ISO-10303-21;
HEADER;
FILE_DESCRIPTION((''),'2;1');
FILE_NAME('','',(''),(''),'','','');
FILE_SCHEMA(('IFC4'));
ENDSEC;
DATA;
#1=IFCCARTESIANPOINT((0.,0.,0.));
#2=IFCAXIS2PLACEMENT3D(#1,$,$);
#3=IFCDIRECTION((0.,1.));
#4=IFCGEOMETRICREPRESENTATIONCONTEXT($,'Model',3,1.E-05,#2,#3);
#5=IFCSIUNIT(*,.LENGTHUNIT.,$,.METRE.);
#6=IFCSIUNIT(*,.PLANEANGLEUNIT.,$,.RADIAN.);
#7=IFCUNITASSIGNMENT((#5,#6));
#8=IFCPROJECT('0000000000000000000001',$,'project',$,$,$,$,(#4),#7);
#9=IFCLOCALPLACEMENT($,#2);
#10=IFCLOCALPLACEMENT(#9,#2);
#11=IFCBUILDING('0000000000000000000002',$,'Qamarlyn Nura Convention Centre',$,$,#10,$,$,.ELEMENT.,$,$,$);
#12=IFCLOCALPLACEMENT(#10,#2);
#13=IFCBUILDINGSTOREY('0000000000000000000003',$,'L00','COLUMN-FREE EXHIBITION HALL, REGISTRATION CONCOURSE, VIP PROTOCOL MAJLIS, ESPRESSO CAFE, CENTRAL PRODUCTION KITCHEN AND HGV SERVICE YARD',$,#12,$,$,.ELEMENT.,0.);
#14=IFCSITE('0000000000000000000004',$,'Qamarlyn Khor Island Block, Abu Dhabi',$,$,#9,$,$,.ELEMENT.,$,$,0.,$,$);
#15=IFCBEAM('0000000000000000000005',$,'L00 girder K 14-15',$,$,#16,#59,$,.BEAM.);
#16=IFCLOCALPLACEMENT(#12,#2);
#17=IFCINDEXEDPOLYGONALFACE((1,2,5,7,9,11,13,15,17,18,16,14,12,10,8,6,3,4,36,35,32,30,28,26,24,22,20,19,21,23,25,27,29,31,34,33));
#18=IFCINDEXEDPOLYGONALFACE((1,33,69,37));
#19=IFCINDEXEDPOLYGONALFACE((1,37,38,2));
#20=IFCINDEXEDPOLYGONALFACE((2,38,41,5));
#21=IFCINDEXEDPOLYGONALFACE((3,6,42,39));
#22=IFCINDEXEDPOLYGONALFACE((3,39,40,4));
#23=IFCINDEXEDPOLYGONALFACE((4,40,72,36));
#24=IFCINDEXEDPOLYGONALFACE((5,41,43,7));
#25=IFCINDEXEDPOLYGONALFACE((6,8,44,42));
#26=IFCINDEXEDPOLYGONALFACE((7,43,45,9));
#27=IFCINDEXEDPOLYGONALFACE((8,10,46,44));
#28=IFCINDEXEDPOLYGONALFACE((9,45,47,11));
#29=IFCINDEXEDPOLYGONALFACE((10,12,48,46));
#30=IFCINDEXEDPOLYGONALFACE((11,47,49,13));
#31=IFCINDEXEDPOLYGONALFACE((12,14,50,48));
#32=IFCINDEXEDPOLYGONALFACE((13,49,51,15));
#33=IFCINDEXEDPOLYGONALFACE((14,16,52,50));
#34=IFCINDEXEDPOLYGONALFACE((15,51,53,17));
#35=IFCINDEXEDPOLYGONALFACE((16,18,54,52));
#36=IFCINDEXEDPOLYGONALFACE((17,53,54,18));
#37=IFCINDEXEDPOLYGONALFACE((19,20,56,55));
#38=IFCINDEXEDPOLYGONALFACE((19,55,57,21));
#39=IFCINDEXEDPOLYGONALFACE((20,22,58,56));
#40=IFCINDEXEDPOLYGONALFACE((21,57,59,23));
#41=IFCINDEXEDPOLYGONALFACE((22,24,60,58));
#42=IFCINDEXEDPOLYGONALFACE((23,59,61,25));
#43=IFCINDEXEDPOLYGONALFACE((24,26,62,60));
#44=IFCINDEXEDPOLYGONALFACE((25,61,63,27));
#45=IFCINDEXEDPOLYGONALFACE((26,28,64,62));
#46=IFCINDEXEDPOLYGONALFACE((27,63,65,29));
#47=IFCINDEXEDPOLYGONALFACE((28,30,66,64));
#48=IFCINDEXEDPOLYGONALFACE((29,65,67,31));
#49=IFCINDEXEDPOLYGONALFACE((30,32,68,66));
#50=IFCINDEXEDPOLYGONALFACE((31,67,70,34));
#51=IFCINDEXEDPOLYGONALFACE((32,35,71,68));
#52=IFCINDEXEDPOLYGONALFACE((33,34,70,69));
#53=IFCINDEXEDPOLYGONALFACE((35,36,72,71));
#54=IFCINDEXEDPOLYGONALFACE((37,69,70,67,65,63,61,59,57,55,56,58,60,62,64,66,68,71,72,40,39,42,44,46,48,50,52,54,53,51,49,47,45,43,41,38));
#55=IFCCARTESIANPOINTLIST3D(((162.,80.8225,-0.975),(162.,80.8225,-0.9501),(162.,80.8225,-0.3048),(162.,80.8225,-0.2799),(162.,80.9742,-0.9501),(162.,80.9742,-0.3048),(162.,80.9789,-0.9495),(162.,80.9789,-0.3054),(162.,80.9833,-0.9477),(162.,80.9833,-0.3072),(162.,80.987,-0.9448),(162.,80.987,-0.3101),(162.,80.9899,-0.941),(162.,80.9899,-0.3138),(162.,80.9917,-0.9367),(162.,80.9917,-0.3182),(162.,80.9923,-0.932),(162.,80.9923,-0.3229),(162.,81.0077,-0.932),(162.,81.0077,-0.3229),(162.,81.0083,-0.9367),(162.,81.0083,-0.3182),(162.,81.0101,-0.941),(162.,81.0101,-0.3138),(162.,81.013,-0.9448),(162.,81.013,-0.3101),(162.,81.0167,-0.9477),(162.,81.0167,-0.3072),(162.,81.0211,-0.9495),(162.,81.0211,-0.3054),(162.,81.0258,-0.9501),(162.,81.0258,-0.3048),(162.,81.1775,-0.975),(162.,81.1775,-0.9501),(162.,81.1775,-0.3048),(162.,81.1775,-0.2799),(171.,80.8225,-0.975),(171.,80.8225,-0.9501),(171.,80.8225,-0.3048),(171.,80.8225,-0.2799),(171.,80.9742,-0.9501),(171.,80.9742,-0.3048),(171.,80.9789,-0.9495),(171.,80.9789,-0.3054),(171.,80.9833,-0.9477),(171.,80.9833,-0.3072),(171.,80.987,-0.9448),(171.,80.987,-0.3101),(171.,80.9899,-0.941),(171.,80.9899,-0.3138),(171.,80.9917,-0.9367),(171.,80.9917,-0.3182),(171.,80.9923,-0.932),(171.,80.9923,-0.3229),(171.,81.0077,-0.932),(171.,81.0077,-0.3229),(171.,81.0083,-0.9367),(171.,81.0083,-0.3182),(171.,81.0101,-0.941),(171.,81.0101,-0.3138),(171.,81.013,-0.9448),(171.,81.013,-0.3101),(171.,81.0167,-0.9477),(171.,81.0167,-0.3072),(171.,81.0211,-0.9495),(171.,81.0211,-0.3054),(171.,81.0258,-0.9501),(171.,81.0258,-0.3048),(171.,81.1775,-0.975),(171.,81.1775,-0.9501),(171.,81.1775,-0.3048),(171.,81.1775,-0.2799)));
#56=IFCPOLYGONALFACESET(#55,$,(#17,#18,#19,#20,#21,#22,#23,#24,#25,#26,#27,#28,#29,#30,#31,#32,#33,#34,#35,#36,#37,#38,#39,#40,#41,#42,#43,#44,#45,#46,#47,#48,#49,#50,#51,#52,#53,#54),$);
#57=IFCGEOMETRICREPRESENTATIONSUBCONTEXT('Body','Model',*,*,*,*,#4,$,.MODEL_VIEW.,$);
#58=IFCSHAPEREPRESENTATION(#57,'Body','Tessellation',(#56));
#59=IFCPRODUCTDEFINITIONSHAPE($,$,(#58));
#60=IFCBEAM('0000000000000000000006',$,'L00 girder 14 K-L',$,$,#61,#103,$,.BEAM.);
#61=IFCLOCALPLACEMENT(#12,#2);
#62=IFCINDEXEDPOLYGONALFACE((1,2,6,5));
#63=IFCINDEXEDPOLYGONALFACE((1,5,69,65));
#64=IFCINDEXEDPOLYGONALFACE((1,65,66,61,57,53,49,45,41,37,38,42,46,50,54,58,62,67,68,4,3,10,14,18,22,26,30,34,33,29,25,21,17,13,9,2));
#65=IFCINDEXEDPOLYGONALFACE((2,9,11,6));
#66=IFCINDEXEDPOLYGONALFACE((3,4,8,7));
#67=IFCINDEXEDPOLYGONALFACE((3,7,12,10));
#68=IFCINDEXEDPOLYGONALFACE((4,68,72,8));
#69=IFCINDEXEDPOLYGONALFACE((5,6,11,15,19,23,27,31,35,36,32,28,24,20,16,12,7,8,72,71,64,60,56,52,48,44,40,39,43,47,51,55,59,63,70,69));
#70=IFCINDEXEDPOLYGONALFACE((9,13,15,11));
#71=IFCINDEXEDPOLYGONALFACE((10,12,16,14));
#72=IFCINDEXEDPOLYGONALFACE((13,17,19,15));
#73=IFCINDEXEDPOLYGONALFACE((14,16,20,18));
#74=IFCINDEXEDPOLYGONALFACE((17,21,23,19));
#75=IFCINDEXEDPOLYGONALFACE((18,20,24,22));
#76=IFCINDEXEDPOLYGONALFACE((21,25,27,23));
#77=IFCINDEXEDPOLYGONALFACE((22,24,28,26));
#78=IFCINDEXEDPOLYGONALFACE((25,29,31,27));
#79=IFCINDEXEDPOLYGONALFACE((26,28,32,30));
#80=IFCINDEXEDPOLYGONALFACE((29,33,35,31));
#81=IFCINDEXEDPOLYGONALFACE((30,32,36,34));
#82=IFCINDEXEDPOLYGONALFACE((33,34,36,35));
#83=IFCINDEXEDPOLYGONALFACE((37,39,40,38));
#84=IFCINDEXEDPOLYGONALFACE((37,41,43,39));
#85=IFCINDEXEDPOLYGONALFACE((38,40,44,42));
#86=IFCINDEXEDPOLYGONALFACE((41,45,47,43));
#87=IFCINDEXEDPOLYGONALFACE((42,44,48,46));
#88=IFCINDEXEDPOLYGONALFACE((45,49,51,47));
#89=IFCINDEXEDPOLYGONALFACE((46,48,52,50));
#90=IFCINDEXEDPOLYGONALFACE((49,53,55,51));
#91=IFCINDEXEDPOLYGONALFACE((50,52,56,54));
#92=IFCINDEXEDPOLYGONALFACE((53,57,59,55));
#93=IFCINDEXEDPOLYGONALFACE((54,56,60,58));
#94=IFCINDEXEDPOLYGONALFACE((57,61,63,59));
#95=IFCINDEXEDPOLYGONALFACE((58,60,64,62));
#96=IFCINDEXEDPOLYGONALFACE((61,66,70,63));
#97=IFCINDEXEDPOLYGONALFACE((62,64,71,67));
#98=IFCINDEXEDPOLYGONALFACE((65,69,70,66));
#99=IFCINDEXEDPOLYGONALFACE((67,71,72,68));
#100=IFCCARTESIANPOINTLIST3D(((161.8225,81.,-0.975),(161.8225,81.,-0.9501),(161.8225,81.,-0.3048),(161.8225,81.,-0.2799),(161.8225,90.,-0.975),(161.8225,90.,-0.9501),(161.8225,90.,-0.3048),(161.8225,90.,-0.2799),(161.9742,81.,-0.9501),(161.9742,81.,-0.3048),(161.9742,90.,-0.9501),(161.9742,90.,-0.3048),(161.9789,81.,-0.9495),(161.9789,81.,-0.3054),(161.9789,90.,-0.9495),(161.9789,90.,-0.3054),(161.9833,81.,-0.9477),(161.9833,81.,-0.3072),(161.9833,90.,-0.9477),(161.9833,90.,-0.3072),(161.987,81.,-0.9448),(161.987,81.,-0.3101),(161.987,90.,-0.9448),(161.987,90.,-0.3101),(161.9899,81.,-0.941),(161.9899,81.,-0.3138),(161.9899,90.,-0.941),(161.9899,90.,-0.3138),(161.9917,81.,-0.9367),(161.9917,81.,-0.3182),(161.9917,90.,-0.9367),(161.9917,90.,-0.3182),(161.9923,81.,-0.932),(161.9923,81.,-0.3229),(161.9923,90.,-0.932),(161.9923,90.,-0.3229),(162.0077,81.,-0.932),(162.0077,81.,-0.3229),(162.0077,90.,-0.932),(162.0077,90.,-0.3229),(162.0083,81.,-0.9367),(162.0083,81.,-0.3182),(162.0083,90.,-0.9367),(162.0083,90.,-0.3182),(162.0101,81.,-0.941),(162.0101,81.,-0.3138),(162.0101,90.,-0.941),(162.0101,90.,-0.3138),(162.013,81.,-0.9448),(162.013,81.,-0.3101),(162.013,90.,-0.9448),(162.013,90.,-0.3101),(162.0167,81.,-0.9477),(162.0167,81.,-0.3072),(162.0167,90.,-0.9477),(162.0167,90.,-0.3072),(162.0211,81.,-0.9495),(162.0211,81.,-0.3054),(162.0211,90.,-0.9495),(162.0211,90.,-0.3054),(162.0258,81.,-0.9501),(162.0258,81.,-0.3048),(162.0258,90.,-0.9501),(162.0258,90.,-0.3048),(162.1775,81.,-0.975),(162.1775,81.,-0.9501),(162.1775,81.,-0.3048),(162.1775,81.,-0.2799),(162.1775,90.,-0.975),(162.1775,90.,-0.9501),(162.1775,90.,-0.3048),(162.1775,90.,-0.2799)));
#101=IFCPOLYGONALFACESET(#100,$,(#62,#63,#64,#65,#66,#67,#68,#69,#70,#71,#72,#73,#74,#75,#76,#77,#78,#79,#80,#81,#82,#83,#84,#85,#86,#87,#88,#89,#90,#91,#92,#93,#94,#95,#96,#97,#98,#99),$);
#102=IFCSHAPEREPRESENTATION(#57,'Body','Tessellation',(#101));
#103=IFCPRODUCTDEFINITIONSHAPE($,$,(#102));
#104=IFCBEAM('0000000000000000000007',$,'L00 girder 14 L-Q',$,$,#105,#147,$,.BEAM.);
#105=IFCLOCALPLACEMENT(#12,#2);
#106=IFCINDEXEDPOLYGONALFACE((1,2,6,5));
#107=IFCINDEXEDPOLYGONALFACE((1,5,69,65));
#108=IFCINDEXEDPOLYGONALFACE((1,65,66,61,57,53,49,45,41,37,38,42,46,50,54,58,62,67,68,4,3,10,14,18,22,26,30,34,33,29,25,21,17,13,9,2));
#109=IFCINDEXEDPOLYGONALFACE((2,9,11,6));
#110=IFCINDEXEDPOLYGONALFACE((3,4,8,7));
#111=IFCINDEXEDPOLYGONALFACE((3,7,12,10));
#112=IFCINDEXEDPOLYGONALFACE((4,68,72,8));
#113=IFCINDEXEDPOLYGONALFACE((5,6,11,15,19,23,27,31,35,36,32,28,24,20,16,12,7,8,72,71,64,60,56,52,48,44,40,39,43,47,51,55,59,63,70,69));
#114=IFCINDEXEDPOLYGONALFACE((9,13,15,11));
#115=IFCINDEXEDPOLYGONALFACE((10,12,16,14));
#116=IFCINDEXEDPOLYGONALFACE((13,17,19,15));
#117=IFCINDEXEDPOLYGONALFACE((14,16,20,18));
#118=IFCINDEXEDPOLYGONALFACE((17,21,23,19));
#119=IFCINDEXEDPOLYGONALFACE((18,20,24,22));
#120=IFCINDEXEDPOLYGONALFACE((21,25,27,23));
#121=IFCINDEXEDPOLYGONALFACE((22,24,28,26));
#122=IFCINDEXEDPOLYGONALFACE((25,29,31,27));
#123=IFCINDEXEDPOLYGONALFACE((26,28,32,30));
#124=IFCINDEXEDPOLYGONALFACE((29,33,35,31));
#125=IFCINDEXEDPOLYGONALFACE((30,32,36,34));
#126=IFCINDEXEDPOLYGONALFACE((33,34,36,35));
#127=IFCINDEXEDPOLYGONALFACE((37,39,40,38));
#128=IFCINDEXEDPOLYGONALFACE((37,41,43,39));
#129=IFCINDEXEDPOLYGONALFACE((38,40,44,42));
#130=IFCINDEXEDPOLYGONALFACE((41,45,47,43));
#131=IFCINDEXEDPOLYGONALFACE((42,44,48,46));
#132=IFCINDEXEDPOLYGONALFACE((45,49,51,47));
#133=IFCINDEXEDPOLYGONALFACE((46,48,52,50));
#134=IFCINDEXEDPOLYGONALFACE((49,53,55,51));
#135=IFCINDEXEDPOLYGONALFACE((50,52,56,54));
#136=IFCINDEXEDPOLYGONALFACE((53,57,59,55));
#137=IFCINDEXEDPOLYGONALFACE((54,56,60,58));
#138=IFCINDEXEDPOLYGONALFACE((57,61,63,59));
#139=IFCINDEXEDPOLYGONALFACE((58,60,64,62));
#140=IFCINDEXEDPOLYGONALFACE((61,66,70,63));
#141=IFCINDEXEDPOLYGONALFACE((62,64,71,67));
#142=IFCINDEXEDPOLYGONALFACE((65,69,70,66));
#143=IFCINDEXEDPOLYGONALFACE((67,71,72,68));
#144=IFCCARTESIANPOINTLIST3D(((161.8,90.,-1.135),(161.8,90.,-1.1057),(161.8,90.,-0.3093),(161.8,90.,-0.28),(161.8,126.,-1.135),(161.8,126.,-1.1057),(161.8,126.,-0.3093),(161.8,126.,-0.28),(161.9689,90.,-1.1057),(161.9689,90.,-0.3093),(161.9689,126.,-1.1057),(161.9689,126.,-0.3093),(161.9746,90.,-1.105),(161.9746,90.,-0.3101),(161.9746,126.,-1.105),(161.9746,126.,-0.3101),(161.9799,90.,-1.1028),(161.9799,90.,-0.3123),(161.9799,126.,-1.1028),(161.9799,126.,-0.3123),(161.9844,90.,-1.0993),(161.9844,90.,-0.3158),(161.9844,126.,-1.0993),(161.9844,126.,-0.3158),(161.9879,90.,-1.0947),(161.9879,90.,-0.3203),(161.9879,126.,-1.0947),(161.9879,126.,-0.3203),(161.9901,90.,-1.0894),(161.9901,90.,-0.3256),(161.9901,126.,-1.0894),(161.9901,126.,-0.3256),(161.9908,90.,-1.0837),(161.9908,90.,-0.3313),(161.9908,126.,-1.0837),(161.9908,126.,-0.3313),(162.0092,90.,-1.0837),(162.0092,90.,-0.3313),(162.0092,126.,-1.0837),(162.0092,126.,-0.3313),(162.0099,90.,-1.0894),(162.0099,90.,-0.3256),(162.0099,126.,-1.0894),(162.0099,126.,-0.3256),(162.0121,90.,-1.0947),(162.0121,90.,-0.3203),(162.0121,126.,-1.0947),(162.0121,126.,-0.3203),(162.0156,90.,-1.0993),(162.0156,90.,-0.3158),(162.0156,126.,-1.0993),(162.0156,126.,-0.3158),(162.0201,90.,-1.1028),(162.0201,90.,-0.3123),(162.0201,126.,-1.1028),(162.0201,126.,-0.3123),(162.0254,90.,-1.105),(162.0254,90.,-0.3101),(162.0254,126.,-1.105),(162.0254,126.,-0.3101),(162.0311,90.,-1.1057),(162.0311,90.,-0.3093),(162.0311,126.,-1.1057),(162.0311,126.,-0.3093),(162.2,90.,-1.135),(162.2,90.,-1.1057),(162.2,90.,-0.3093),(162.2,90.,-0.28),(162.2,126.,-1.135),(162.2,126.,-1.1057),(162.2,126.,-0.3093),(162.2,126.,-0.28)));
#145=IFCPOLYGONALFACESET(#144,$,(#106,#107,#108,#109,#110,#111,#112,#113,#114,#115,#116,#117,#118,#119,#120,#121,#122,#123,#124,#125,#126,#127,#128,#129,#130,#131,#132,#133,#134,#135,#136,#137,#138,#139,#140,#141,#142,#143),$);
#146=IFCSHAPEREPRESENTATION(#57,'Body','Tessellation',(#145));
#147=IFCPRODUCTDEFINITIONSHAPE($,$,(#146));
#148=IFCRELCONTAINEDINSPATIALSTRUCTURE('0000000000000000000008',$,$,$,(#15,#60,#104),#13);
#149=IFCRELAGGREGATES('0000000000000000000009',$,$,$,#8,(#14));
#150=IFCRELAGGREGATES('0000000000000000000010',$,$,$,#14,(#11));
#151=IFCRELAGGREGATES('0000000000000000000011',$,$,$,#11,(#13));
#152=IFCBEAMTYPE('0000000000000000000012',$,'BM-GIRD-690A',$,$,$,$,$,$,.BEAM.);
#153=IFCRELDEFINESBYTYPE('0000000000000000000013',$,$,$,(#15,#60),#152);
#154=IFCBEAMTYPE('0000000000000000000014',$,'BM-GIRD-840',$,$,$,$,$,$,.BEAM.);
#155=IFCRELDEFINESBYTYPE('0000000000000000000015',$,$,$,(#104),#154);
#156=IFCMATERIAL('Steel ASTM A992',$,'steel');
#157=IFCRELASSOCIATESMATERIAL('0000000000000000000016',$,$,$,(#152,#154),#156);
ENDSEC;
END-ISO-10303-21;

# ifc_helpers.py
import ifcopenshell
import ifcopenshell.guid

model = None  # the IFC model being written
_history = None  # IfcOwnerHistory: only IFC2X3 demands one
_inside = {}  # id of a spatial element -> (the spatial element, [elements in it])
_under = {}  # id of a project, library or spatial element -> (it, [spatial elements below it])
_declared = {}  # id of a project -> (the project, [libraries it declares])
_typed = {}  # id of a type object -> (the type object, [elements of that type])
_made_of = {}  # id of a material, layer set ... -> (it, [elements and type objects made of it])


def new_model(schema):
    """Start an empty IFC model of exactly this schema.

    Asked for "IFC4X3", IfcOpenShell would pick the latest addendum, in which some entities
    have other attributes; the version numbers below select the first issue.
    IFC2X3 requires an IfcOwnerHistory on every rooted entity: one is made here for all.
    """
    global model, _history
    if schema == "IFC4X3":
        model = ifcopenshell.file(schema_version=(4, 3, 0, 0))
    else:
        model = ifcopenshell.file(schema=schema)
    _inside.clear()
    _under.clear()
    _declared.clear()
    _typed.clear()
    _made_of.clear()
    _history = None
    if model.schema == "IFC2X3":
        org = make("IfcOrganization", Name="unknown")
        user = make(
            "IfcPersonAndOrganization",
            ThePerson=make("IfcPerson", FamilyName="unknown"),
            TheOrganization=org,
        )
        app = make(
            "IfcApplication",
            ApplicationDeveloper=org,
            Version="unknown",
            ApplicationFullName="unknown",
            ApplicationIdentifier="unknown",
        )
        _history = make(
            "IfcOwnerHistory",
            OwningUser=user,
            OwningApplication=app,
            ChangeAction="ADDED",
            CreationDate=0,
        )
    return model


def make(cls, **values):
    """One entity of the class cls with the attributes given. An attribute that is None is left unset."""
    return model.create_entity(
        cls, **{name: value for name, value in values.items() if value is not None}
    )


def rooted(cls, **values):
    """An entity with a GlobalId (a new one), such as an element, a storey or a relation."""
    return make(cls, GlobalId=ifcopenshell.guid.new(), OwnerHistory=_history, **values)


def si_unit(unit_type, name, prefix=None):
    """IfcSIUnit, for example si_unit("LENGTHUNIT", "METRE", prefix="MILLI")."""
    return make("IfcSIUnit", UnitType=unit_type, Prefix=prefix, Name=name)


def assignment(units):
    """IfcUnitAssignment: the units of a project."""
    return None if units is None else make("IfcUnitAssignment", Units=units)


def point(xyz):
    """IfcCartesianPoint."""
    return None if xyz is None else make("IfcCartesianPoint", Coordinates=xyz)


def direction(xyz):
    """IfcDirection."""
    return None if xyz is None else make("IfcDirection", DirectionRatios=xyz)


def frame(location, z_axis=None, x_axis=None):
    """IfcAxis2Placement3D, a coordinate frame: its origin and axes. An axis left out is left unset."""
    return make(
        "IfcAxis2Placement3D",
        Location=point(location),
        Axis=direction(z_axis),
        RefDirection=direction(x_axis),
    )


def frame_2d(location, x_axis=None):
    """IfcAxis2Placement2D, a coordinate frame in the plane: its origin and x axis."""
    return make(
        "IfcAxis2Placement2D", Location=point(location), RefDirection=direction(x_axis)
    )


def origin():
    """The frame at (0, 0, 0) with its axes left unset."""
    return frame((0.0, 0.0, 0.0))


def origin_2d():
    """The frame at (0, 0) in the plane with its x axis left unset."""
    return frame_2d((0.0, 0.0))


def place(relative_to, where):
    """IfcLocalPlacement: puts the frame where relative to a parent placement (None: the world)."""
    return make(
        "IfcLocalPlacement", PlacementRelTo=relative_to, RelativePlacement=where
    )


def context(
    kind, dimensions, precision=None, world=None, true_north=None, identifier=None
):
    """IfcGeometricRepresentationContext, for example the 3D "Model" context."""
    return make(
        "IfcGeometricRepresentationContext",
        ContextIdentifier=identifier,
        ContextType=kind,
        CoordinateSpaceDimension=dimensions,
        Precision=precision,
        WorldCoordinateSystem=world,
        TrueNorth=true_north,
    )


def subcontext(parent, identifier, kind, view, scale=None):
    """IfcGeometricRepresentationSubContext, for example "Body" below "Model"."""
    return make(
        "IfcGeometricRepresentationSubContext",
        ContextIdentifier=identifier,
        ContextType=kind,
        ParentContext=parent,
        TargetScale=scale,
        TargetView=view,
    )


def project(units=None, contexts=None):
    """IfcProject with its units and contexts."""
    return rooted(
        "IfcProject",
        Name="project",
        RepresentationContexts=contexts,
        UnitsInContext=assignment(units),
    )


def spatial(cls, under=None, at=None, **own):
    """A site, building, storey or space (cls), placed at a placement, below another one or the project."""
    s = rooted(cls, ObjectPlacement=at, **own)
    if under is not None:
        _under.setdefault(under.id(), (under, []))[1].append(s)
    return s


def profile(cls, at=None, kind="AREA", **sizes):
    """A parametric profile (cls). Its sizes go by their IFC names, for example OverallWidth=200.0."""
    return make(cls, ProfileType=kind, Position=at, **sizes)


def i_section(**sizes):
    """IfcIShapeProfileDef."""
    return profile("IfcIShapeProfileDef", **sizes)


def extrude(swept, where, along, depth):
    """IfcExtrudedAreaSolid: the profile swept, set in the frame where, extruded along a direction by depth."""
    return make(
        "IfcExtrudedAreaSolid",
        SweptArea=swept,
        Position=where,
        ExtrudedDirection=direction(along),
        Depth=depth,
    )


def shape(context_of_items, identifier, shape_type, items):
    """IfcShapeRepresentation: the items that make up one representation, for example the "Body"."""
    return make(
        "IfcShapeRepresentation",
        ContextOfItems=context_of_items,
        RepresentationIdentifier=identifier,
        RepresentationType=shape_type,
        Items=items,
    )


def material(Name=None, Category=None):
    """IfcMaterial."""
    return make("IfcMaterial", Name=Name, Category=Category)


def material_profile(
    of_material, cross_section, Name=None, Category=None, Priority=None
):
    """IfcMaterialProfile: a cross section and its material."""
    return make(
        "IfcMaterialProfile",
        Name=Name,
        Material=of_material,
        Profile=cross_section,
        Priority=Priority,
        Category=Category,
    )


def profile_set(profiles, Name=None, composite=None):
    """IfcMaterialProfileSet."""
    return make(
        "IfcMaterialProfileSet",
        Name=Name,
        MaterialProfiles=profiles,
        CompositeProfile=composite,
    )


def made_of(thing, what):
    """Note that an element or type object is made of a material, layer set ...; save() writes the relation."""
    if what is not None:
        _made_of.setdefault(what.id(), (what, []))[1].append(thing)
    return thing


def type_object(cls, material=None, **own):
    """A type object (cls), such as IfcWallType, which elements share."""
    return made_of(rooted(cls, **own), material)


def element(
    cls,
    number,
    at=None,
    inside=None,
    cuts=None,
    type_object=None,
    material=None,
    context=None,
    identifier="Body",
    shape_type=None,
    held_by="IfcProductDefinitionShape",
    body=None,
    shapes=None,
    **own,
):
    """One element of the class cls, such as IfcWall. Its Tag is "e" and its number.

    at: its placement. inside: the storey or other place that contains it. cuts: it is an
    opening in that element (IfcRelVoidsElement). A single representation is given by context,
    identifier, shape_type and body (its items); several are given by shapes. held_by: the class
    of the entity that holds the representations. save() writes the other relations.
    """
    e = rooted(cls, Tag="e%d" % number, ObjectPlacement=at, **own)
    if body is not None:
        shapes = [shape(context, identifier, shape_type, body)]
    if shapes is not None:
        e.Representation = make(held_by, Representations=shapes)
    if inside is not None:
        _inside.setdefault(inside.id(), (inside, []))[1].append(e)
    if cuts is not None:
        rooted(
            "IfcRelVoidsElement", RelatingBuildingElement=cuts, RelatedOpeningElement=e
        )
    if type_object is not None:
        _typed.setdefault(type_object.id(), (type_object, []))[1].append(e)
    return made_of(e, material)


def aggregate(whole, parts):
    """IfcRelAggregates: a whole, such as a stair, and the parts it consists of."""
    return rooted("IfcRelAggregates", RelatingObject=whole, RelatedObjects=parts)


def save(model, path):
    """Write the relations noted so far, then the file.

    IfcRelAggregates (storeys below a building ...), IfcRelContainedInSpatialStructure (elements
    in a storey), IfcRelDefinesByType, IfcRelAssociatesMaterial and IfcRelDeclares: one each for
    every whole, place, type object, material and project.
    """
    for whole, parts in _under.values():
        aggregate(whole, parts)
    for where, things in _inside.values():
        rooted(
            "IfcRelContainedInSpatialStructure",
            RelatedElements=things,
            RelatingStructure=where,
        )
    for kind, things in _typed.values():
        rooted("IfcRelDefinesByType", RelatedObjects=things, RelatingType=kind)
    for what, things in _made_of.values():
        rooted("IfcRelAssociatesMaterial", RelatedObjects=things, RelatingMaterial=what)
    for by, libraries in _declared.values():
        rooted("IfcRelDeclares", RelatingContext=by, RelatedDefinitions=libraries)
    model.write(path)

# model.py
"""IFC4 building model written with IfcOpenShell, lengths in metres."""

from ifc_helpers import new_model, si_unit, direction, frame, origin, origin_2d, place, context, subcontext, project, spatial, i_section, extrude, material, material_profile, profile_set, type_object, element, save


model = new_model("IFC4")

# Units and contexts
model_context = context("Model", 3, precision=1e-05, world=origin(), true_north=direction((0.0, 1.0)))
body_context = subcontext(model_context, "Body", "Model", "MODEL_VIEW")
ifc_project = project(units=[si_unit("LENGTHUNIT", "METRE"), si_unit("PLANEANGLEUNIT", "RADIAN")], contexts=[model_context])

# Site, building, storey
site_placement = place(None, origin())
site = spatial("IfcSite", under=ifc_project, at=site_placement, Name="Qamarlyn Khor Island Block, Abu Dhabi", CompositionType="ELEMENT", RefElevation=0.0)
building_placement = place(site_placement, origin())
building = spatial("IfcBuilding", under=site, at=building_placement, Name="Qamarlyn Nura Convention Centre", CompositionType="ELEMENT")
storey_placement = place(building_placement, origin())
storey = spatial("IfcBuildingStorey", under=building, at=storey_placement, Name="L00", Description="COLUMN-FREE EXHIBITION HALL, REGISTRATION CONCOURSE, VIP PROTOCOL MAJLIS, ESPRESSO CAFE, CENTRAL PRODUCTION KITCHEN AND HGV SERVICE YARD", CompositionType="ELEMENT", Elevation=0.0)

# Shared definitions
ifc_material_1 = material(Name="Steel ASTM A992", Category="steel")

# Beams
ifc_material_profile_1 = material_profile(ifc_material_1, i_section(OverallWidth=0.355, OverallDepth=0.6951, WebThickness=0.0154, FlangeThickness=0.0249, FilletRadius=0.0181, at=origin_2d()), Name="W690X217")
ifc_profile_set_1 = profile_set([ifc_material_profile_1], Name="Steel ASTM A992")
beam_type_1 = type_object("IfcBeamType", Name="BM-GIRD-690A", PredefinedType="BEAM", material=ifc_profile_set_1)
for number, where, z_axis, x_axis, name in (
    (1, (162.0, 81.0, -0.6274), (1.0, 0.0, 0.0), (0.0, 1.0, 0.0), "L00 girder K 14-15"),
    (2, (162.0, 81.0, -0.6274), (0.0, 1.0, 0.0), (-1.0, 0.0, 0.0), "L00 girder 14 K-L"),
):
    element("IfcBeam", number, at=place(storey_placement, frame(where, z_axis=z_axis, x_axis=x_axis)), inside=storey, type_object=beam_type_1, Name=name, PredefinedType="BEAM", context=body_context, shape_type="SweptSolid", body=[
        extrude(i_section(OverallWidth=0.355, OverallDepth=0.6951, WebThickness=0.0154, FlangeThickness=0.0249, FilletRadius=0.0181, at=origin_2d()), origin(), (0.0, 0.0, 1.0), 9.0),
    ])
ifc_material_profile_2 = material_profile(ifc_material_1, i_section(OverallWidth=0.3999, OverallDepth=0.855, WebThickness=0.0183, FlangeThickness=0.0293, FilletRadius=0.022, at=origin_2d()), Name="W840X299")
ifc_profile_set_2 = profile_set([ifc_material_profile_2], Name="Steel ASTM A992")
beam_type_2 = type_object("IfcBeamType", Name="BM-GIRD-840", PredefinedType="BEAM", material=ifc_profile_set_2)
beam_1_placement = place(storey_placement, frame((162.0, 90.0, -0.7075), z_axis=(0.0, 1.0, 0.0), x_axis=(-1.0, 0.0, 0.0)))
element("IfcBeam", 3, at=beam_1_placement, inside=storey, type_object=beam_type_2, Name="L00 girder 14 L-Q", PredefinedType="BEAM", context=body_context, shape_type="SweptSolid", body=[
    extrude(i_section(OverallWidth=0.3999, OverallDepth=0.855, WebThickness=0.0183, FlangeThickness=0.0293, FilletRadius=0.022, at=origin_2d()), origin(), (0.0, 0.0, 1.0), 36.0),
])

save(model, "model.ifc")
